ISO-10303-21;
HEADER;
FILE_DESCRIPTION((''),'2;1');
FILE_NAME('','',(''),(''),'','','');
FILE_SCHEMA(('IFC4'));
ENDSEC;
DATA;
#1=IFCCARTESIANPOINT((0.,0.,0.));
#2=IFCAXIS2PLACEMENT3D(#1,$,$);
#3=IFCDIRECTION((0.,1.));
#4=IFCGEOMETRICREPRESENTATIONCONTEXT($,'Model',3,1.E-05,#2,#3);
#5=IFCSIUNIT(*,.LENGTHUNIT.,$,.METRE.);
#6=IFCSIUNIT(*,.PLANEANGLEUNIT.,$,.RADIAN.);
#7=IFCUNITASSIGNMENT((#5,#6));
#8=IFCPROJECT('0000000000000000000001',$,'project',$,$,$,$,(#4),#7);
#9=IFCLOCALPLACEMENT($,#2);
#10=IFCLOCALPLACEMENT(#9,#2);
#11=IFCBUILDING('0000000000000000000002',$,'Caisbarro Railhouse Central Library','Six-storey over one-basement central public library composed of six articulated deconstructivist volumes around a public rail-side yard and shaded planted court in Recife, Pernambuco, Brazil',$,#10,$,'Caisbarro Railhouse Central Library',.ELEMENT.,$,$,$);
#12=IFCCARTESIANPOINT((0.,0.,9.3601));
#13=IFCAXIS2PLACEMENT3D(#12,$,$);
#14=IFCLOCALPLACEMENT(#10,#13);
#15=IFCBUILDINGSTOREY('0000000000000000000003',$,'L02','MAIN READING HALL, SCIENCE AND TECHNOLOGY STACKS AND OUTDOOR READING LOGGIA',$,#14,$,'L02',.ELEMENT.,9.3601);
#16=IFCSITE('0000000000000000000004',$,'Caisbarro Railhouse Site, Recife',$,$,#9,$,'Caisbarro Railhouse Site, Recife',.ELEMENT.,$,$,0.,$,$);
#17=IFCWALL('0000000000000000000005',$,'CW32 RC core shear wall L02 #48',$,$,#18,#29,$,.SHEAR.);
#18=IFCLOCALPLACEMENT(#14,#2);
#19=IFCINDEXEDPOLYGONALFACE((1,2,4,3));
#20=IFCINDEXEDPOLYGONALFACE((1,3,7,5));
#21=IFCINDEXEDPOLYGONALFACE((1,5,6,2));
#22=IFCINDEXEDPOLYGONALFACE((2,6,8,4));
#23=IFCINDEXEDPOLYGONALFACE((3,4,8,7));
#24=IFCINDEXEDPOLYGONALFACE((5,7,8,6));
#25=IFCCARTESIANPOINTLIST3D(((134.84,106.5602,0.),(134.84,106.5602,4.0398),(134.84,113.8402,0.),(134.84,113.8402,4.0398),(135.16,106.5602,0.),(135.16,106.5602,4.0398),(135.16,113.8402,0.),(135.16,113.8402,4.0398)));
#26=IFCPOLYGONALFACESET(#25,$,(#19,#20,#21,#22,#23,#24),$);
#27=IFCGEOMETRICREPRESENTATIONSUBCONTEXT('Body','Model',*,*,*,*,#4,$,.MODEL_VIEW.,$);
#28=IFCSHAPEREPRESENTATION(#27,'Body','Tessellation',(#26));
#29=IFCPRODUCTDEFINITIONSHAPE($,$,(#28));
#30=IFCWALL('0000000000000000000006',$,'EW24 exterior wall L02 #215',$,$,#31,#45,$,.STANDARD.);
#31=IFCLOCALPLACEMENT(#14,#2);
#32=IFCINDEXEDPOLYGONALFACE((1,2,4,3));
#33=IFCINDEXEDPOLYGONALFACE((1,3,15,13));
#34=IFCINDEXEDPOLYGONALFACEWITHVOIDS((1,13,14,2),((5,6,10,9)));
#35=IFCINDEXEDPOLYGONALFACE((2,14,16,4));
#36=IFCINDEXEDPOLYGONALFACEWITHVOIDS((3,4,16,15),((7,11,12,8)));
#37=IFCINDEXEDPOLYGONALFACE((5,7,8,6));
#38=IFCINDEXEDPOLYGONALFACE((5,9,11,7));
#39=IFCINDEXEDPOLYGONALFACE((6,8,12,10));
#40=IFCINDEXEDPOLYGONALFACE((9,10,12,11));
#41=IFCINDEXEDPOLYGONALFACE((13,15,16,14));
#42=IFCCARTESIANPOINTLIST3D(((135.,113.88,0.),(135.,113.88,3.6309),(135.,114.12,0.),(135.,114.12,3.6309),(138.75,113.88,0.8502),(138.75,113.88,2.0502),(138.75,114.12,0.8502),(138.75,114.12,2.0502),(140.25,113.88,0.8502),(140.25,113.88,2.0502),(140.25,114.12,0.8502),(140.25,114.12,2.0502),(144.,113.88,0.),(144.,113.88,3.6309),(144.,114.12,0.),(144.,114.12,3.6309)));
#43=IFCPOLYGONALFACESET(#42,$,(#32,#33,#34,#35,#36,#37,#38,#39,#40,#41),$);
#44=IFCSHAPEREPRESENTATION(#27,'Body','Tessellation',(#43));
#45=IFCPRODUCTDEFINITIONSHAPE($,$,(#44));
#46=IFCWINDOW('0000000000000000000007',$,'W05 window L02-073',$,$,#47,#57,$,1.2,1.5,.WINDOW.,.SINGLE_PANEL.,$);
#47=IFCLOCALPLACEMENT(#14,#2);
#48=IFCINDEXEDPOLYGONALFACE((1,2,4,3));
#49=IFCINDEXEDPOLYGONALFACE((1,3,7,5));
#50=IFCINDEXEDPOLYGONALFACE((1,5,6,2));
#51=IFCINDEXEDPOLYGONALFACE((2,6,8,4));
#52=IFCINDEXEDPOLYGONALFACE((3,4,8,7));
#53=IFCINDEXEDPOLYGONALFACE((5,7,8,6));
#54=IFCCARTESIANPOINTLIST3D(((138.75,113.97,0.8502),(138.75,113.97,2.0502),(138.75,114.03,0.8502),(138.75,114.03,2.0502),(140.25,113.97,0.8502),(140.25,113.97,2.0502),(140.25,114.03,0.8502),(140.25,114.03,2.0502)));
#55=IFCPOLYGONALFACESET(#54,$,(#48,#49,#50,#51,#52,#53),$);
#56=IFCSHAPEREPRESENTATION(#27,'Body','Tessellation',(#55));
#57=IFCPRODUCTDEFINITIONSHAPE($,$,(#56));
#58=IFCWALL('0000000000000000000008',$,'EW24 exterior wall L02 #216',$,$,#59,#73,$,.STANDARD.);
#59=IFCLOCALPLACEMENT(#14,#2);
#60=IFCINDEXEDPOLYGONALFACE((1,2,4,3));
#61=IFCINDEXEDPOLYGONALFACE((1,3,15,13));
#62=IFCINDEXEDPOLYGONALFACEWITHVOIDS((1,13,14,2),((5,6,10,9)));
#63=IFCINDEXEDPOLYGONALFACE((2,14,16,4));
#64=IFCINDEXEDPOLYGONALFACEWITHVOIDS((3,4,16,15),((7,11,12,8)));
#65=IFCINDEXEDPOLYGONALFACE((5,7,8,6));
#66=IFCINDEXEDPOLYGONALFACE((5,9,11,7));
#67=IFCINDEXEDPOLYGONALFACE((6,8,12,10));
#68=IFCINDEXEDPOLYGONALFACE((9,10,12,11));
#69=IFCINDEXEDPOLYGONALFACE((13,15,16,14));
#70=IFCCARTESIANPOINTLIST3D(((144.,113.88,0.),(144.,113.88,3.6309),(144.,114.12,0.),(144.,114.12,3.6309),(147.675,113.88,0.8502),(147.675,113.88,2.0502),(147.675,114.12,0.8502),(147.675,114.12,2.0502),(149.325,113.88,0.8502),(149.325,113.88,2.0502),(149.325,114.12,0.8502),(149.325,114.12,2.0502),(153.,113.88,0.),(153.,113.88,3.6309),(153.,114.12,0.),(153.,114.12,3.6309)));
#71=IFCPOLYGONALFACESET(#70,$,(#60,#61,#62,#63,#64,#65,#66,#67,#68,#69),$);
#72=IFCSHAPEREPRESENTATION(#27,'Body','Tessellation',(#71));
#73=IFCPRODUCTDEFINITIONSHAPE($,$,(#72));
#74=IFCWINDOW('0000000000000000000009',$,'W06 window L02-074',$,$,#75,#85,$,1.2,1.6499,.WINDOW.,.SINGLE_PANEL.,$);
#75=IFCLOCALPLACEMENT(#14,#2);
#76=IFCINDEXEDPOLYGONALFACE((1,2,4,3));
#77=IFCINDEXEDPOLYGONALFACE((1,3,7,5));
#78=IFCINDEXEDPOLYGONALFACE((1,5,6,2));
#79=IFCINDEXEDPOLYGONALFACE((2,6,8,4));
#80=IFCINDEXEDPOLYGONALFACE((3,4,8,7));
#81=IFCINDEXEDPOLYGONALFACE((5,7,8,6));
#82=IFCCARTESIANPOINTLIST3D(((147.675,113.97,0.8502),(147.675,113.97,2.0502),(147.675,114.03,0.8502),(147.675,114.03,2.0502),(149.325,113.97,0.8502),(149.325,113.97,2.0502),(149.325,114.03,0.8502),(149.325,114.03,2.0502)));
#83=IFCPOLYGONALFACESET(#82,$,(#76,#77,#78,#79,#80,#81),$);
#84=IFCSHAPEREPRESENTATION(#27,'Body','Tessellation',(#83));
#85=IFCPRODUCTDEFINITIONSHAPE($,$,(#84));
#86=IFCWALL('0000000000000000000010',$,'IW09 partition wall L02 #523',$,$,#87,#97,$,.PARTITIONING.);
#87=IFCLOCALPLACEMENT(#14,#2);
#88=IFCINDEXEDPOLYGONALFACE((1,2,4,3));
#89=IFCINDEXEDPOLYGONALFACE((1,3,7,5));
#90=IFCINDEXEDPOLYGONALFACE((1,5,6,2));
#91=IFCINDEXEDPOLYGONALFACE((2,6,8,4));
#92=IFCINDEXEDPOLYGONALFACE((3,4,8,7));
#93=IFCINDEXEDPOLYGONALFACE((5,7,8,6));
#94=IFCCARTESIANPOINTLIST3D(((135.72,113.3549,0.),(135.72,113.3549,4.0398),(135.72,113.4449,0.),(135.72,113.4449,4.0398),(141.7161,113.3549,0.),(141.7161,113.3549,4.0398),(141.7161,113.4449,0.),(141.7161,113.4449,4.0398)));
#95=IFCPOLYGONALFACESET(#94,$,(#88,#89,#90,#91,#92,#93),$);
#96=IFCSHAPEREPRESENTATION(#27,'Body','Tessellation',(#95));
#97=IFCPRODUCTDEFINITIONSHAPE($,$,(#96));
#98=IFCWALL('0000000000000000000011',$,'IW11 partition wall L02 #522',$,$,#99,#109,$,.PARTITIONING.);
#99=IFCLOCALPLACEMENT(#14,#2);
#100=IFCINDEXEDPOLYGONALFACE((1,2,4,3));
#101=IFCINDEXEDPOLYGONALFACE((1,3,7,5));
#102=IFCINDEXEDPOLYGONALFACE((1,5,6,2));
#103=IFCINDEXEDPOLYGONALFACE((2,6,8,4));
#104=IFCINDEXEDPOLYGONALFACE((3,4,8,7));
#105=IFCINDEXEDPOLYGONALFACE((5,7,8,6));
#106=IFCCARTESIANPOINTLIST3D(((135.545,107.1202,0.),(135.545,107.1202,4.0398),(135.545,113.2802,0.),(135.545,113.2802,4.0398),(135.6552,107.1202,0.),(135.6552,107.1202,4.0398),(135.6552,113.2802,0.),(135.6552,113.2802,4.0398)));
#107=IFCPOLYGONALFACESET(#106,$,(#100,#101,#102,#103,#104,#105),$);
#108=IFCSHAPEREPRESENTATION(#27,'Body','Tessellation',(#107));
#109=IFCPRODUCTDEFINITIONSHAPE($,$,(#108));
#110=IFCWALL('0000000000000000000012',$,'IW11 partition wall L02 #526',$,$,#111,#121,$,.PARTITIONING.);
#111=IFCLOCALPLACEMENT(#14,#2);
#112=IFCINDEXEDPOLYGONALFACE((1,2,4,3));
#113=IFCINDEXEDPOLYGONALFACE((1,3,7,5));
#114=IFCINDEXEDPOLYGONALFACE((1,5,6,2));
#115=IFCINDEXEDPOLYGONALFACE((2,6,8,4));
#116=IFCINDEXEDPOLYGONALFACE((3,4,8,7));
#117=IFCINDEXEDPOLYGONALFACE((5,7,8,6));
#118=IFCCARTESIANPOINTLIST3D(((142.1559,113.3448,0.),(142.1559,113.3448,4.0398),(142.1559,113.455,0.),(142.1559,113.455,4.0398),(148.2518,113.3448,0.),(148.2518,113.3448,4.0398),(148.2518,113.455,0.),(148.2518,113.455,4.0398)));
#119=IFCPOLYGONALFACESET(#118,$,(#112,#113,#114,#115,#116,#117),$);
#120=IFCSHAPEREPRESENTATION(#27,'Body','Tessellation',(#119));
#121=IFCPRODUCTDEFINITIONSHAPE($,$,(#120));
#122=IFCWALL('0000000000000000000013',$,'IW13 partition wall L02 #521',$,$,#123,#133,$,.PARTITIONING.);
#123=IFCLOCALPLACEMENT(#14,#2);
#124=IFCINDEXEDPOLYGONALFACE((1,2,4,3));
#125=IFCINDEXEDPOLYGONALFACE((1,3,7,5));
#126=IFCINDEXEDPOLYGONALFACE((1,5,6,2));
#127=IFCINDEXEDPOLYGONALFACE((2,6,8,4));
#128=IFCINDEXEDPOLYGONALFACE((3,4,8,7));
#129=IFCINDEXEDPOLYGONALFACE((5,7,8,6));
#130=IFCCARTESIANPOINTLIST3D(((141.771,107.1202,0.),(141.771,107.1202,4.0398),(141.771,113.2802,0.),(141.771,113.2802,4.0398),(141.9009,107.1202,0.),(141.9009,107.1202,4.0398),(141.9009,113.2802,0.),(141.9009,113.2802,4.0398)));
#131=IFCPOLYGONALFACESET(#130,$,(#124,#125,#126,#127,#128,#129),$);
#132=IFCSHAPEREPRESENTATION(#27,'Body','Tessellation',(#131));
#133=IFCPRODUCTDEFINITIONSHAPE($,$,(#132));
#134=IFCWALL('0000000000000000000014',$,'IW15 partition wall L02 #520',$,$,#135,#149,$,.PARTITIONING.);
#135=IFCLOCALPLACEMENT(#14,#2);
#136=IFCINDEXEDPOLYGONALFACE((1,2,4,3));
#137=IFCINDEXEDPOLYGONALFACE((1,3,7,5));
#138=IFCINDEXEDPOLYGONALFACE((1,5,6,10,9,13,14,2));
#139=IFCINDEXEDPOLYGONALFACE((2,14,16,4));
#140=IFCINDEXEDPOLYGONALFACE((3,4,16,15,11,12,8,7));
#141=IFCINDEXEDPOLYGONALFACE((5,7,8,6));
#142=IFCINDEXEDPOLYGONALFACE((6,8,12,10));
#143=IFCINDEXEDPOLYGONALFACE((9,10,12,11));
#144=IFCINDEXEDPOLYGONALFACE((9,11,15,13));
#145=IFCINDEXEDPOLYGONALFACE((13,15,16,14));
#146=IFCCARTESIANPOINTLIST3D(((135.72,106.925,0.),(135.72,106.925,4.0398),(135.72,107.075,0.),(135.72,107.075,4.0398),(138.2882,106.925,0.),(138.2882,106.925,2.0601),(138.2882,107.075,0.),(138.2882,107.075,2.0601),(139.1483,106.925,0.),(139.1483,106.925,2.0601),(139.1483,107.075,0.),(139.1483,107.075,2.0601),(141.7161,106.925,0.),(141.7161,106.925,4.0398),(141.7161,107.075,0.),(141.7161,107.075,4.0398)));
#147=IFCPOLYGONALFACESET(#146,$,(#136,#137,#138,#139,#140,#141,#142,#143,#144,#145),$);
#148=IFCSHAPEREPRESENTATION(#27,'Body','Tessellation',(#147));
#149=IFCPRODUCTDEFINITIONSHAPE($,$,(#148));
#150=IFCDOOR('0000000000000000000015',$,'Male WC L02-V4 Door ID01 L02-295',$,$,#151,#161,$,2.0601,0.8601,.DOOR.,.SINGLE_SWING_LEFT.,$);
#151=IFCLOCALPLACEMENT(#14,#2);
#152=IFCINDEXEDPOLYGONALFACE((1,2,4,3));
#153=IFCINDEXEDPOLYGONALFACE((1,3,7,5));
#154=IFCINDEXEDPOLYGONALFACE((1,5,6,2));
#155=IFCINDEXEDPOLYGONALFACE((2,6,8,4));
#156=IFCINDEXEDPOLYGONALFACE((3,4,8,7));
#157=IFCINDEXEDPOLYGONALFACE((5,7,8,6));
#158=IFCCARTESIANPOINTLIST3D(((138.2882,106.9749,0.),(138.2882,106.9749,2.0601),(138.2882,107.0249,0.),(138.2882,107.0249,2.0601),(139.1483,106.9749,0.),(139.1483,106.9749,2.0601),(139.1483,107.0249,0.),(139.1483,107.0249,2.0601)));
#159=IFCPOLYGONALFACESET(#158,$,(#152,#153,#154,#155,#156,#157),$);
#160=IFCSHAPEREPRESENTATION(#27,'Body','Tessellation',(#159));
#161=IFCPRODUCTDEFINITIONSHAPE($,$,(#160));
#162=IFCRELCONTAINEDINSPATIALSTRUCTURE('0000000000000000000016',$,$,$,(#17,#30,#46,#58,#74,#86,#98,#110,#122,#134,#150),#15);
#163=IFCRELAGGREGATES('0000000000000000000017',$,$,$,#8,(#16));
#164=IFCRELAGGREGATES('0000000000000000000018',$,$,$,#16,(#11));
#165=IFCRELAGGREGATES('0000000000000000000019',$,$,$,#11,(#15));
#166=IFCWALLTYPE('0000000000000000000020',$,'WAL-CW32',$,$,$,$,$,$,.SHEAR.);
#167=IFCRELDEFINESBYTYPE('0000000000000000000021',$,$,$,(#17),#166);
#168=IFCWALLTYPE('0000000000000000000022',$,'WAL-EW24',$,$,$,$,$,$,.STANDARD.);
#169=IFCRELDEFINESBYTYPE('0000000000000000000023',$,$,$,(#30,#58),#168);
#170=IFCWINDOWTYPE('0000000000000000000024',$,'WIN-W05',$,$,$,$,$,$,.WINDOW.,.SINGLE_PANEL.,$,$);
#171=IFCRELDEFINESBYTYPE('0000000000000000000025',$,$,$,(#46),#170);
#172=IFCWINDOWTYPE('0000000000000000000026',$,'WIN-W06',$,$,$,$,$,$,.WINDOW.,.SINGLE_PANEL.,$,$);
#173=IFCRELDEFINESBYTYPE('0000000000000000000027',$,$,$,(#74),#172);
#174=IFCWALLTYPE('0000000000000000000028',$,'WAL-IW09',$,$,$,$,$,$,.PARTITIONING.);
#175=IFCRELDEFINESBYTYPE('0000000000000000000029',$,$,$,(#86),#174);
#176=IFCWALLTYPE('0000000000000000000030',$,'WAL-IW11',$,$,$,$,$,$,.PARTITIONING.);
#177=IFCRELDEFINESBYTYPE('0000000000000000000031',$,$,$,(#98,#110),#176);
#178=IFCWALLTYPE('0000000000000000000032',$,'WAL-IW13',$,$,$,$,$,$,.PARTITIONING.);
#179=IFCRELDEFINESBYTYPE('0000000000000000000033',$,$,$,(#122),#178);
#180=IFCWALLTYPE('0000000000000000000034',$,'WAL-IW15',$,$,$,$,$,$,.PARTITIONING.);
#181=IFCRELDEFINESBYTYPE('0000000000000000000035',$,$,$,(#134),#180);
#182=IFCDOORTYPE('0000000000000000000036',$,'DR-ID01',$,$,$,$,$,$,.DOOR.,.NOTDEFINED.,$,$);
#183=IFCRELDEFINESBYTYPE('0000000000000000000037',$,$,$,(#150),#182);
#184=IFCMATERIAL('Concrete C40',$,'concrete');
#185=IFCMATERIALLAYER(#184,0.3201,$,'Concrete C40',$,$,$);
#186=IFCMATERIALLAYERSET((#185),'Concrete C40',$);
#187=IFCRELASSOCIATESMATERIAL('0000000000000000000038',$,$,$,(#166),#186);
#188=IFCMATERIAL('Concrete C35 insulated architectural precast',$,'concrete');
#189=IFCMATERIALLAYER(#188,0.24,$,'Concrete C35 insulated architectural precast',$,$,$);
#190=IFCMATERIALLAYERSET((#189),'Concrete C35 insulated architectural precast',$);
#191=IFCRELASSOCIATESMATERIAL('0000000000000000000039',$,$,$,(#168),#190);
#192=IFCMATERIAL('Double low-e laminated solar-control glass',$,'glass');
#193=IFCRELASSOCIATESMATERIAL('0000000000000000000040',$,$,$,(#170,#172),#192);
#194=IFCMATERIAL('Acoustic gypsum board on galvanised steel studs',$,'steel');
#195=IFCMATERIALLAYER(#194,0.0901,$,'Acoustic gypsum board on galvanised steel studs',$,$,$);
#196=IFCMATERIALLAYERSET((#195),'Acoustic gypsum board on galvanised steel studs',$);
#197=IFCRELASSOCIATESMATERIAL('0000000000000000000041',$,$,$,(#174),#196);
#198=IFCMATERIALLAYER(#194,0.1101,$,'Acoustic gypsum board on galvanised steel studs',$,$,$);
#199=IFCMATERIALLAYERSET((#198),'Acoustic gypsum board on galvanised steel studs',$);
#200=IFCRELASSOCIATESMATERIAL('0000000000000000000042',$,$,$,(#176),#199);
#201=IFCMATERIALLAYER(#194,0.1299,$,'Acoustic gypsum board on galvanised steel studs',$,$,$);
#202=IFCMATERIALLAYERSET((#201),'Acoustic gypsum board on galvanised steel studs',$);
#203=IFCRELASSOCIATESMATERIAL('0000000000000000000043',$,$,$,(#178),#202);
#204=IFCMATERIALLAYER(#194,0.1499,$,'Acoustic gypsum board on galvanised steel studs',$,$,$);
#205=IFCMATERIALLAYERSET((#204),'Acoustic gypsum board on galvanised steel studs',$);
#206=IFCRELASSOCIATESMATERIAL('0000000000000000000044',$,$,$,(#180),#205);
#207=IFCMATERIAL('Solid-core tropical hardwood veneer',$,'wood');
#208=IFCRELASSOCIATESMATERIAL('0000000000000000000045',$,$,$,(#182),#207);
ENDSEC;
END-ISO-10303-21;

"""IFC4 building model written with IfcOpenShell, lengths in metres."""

from ifc_helpers import new_model, si_unit, direction, frame, frame_2d, origin, place, context, subcontext, project, spatial, rectangle, extrude, material, layer, layer_set, type_object, element, fill, save


model = new_model("IFC4")

# Units and contexts
model_context = context("Model", 3, precision=1e-05, world=origin(), true_north=direction((0.0, 1.0)))
body_context = subcontext(model_context, "Body", "Model", "MODEL_VIEW")
ifc_project = project(units=[si_unit("LENGTHUNIT", "METRE"), si_unit("PLANEANGLEUNIT", "RADIAN")], contexts=[model_context])

# Site, building, storey
site_placement = place(None, origin())
site = spatial("IfcSite", under=ifc_project, at=site_placement, Name="Caisbarro Railhouse Site, Recife", LongName="Caisbarro Railhouse Site, Recife", CompositionType="ELEMENT", RefElevation=0.0)
building_placement = place(site_placement, origin())
building = spatial("IfcBuilding", under=site, at=building_placement, Name="Caisbarro Railhouse Central Library", Description="Six-storey over one-basement central public library composed of six articulated deconstructivist volumes around a public rail-side yard and shaded planted court in Recife, Pernambuco, Brazil", LongName="Caisbarro Railhouse Central Library", CompositionType="ELEMENT")
storey_placement = place(building_placement, frame((0.0, 0.0, 9.3601)))
storey = spatial("IfcBuildingStorey", under=building, at=storey_placement, Name="L02", Description="MAIN READING HALL, SCIENCE AND TECHNOLOGY STACKS AND OUTDOOR READING LOGGIA", LongName="L02", CompositionType="ELEMENT", Elevation=9.3601)

# Wall
ifc_material_1 = material(Name="Concrete C40", Category="concrete")
ifc_layer_1 = layer(ifc_material_1, 0.3201, Name="Concrete C40")
ifc_layer_set_1 = layer_set([ifc_layer_1], Name="Concrete C40")
wall_type_1 = type_object("IfcWallType", Name="WAL-CW32", PredefinedType="SHEAR", material=ifc_layer_set_1)
wall_1_placement = place(storey_placement, frame((135.0, 106.5601, 0.0), z_axis=(0.0, 0.0, 1.0), x_axis=(0.0, 1.0, 0.0)))
element("IfcWall", 1, at=wall_1_placement, inside=storey, type_object=wall_type_1, Name="CW32 RC core shear wall L02 #48", PredefinedType="SHEAR", context=body_context, shape_type="SweptSolid", body=[
    extrude(rectangle(XDim=7.28, YDim=0.3201, at=frame_2d((3.6401, 0.0))), origin(), (0.0, 0.0, 1.0), 4.0398),
])

# Walls, openings, windows
ifc_material_2 = material(Name="Concrete C35 insulated architectural precast", Category="concrete")
ifc_layer_2 = layer(ifc_material_2, 0.24, Name="Concrete C35 insulated architectural precast")
ifc_layer_set_2 = layer_set([ifc_layer_2], Name="Concrete C35 insulated architectural precast")
wall_type_2 = type_object("IfcWallType", Name="WAL-EW24", PredefinedType="STANDARD", material=ifc_layer_set_2)
wall_2_placement = place(storey_placement, frame((135.0, 114.0, 0.0), z_axis=(0.0, 0.0, 1.0), x_axis=(1.0, 0.0, 0.0)))
wall_2 = element("IfcWall", 2, at=wall_2_placement, inside=storey, type_object=wall_type_2, Name="EW24 exterior wall L02 #215", PredefinedType="STANDARD", context=body_context, shape_type="SweptSolid", body=[
    extrude(rectangle(XDim=9.0, YDim=0.24, at=frame_2d((4.5, 0.0))), origin(), (0.0, 0.0, 1.0), 3.6309),
])
opening_1_placement = place(wall_2_placement, frame((3.75, 0.0, 0.8501)))
opening_1 = element("IfcOpeningElement", 3, at=opening_1_placement, cuts=wall_2, PredefinedType="OPENING", context=body_context, shape_type="SweptSolid", body=[
    extrude(rectangle(XDim=1.5, YDim=1.2, at=frame_2d((0.75, 0.6001))), frame((0.0, 0.1299, 0.0), z_axis=(0.0, -1.0, 0.0), x_axis=(1.0, 0.0, 0.0)), (0.0, 0.0, 1.0), 0.26),
])
ifc_material_3 = material(Name="Double low-e laminated solar-control glass", Category="glass")
window_type_1 = type_object("IfcWindowType", Name="WIN-W05", PartitioningType="SINGLE_PANEL", PredefinedType="WINDOW", material=ifc_material_3)
window_1_placement = place(opening_1_placement, origin())
window_1 = element("IfcWindow", 4, at=window_1_placement, inside=storey, type_object=window_type_1, Name="W05 window L02-073", OverallHeight=1.2, OverallWidth=1.5, PartitioningType="SINGLE_PANEL", PredefinedType="WINDOW", context=body_context, shape_type="SweptSolid", body=[
    extrude(rectangle(XDim=1.5, YDim=1.2, at=frame_2d((0.75, 0.6001))), frame((0.0, 0.03, 0.0), z_axis=(0.0, -1.0, 0.0), x_axis=(1.0, 0.0, 0.0)), (0.0, 0.0, 1.0), 0.0601),
])
fill(opening_1, window_1)
wall_3_placement = place(storey_placement, frame((144.0, 114.0, 0.0), z_axis=(0.0, 0.0, 1.0), x_axis=(1.0, 0.0, 0.0)))
wall_3 = element("IfcWall", 5, at=wall_3_placement, inside=storey, type_object=wall_type_2, Name="EW24 exterior wall L02 #216", PredefinedType="STANDARD", context=body_context, shape_type="SweptSolid", body=[
    extrude(rectangle(XDim=9.0, YDim=0.24, at=frame_2d((4.5, 0.0))), origin(), (0.0, 0.0, 1.0), 3.6309),
])
opening_2_placement = place(wall_3_placement, frame((3.675, 0.0, 0.8501)))
opening_2 = element("IfcOpeningElement", 6, at=opening_2_placement, cuts=wall_3, PredefinedType="OPENING", context=body_context, shape_type="SweptSolid", body=[
    extrude(rectangle(XDim=1.6499, YDim=1.2, at=frame_2d((0.825, 0.6001))), frame((0.0, 0.1299, 0.0), z_axis=(0.0, -1.0, 0.0), x_axis=(1.0, 0.0, 0.0)), (0.0, 0.0, 1.0), 0.26),
])
window_type_2 = type_object("IfcWindowType", Name="WIN-W06", PartitioningType="SINGLE_PANEL", PredefinedType="WINDOW", material=ifc_material_3)
window_2_placement = place(opening_2_placement, origin())
window_2 = element("IfcWindow", 7, at=window_2_placement, inside=storey, type_object=window_type_2, Name="W06 window L02-074", OverallHeight=1.2, OverallWidth=1.6499, PartitioningType="SINGLE_PANEL", PredefinedType="WINDOW", context=body_context, shape_type="SweptSolid", body=[
    extrude(rectangle(XDim=1.6499, YDim=1.2, at=frame_2d((0.825, 0.6001))), frame((0.0, 0.03, 0.0), z_axis=(0.0, -1.0, 0.0), x_axis=(1.0, 0.0, 0.0)), (0.0, 0.0, 1.0), 0.0601),
])
fill(opening_2, window_2)

# Walls
ifc_material_4 = material(Name="Acoustic gypsum board on galvanised steel studs", Category="steel")
ifc_layer_3 = layer(ifc_material_4, 0.0901, Name="Acoustic gypsum board on galvanised steel studs")
ifc_layer_set_3 = layer_set([ifc_layer_3], Name="Acoustic gypsum board on galvanised steel studs")
wall_type_3 = type_object("IfcWallType", Name="WAL-IW09", PredefinedType="PARTITIONING", material=ifc_layer_set_3)
wall_4_placement = place(storey_placement, frame((135.72, 113.3999, 0.0), z_axis=(0.0, 0.0, 1.0), x_axis=(1.0, 0.0, 0.0)))
element("IfcWall", 8, at=wall_4_placement, inside=storey, type_object=wall_type_3, Name="IW09 partition wall L02 #523", PredefinedType="PARTITIONING", context=body_context, shape_type="SweptSolid", body=[
    extrude(rectangle(XDim=5.9961, YDim=0.0901, at=frame_2d((2.998, 0.0))), origin(), (0.0, 0.0, 1.0), 4.0398),
])
ifc_layer_4 = layer(ifc_material_4, 0.1101, Name="Acoustic gypsum board on galvanised steel studs")
ifc_layer_set_4 = layer_set([ifc_layer_4], Name="Acoustic gypsum board on galvanised steel studs")
wall_type_4 = type_object("IfcWallType", Name="WAL-IW11", PredefinedType="PARTITIONING", material=ifc_layer_set_4)
wall_5_placement = place(storey_placement, frame((135.6001, 107.1201, 0.0), z_axis=(0.0, 0.0, 1.0), x_axis=(0.0, 1.0, 0.0)))
element("IfcWall", 9, at=wall_5_placement, inside=storey, type_object=wall_type_4, Name="IW11 partition wall L02 #522", PredefinedType="PARTITIONING", context=body_context, shape_type="SweptSolid", body=[
    extrude(rectangle(XDim=6.1599, YDim=0.1101, at=frame_2d((3.0801, 0.0))), origin(), (0.0, 0.0, 1.0), 4.0398),
])
wall_6_placement = place(storey_placement, frame((142.156, 113.3999, 0.0), z_axis=(0.0, 0.0, 1.0), x_axis=(1.0, 0.0, 0.0)))
element("IfcWall", 10, at=wall_6_placement, inside=storey, type_object=wall_type_4, Name="IW11 partition wall L02 #526", PredefinedType="PARTITIONING", context=body_context, shape_type="SweptSolid", body=[
    extrude(rectangle(XDim=6.0959, YDim=0.1101, at=frame_2d((3.0479, 0.0))), origin(), (0.0, 0.0, 1.0), 4.0398),
])
ifc_layer_5 = layer(ifc_material_4, 0.1299, Name="Acoustic gypsum board on galvanised steel studs")
ifc_layer_set_5 = layer_set([ifc_layer_5], Name="Acoustic gypsum board on galvanised steel studs")
wall_type_5 = type_object("IfcWallType", Name="WAL-IW13", PredefinedType="PARTITIONING", material=ifc_layer_set_5)
wall_7_placement = place(storey_placement, frame((141.8359, 107.1201, 0.0), z_axis=(0.0, 0.0, 1.0), x_axis=(0.0, 1.0, 0.0)))
element("IfcWall", 11, at=wall_7_placement, inside=storey, type_object=wall_type_5, Name="IW13 partition wall L02 #521", PredefinedType="PARTITIONING", context=body_context, shape_type="SweptSolid", body=[
    extrude(rectangle(XDim=6.1599, YDim=0.1299, at=frame_2d((3.0801, 0.0))), origin(), (0.0, 0.0, 1.0), 4.0398),
])

# Wall, opening, door
ifc_layer_6 = layer(ifc_material_4, 0.1499, Name="Acoustic gypsum board on galvanised steel studs")
ifc_layer_set_6 = layer_set([ifc_layer_6], Name="Acoustic gypsum board on galvanised steel studs")
wall_type_6 = type_object("IfcWallType", Name="WAL-IW15", PredefinedType="PARTITIONING", material=ifc_layer_set_6)
wall_8_placement = place(storey_placement, frame((135.72, 107.0, 0.0), z_axis=(0.0, 0.0, 1.0), x_axis=(1.0, 0.0, 0.0)))
wall_8 = element("IfcWall", 12, at=wall_8_placement, inside=storey, type_object=wall_type_6, Name="IW15 partition wall L02 #520", PredefinedType="PARTITIONING", context=body_context, shape_type="SweptSolid", body=[
    extrude(rectangle(XDim=5.9961, YDim=0.1499, at=frame_2d((2.998, 0.0))), origin(), (0.0, 0.0, 1.0), 4.0398),
])
opening_3_placement = place(wall_8_placement, frame((2.5681, 0.0, 0.0)))
opening_3 = element("IfcOpeningElement", 13, at=opening_3_placement, cuts=wall_8, PredefinedType="OPENING", context=body_context, shape_type="SweptSolid", body=[
    extrude(rectangle(XDim=0.8601, YDim=2.0601, at=frame_2d((0.4302, 1.03))), frame((0.0, 0.085, 0.0), z_axis=(0.0, -1.0, 0.0), x_axis=(1.0, 0.0, 0.0)), (0.0, 0.0, 1.0), 0.1699),
])
ifc_material_5 = material(Name="Solid-core tropical hardwood veneer", Category="wood")
door_type_1 = type_object("IfcDoorType", Name="DR-ID01", OperationType="NOTDEFINED", PredefinedType="DOOR", material=ifc_material_5)
door_1_placement = place(opening_3_placement, origin())
door_1 = element("IfcDoor", 14, at=door_1_placement, inside=storey, type_object=door_type_1, Name="Male WC L02-V4 Door ID01 L02-295", OperationType="SINGLE_SWING_LEFT", OverallHeight=2.0601, OverallWidth=0.8601, PredefinedType="DOOR", context=body_context, shape_type="SweptSolid", body=[
    extrude(rectangle(XDim=0.8601, YDim=2.0601, at=frame_2d((0.4302, 1.03))), frame((0.0, 0.0249, 0.0), z_axis=(0.0, -1.0, 0.0), x_axis=(1.0, 0.0, 0.0)), (0.0, 0.0, 1.0), 0.05),
])
fill(opening_3, door_1)

save(model, "model.ifc")
